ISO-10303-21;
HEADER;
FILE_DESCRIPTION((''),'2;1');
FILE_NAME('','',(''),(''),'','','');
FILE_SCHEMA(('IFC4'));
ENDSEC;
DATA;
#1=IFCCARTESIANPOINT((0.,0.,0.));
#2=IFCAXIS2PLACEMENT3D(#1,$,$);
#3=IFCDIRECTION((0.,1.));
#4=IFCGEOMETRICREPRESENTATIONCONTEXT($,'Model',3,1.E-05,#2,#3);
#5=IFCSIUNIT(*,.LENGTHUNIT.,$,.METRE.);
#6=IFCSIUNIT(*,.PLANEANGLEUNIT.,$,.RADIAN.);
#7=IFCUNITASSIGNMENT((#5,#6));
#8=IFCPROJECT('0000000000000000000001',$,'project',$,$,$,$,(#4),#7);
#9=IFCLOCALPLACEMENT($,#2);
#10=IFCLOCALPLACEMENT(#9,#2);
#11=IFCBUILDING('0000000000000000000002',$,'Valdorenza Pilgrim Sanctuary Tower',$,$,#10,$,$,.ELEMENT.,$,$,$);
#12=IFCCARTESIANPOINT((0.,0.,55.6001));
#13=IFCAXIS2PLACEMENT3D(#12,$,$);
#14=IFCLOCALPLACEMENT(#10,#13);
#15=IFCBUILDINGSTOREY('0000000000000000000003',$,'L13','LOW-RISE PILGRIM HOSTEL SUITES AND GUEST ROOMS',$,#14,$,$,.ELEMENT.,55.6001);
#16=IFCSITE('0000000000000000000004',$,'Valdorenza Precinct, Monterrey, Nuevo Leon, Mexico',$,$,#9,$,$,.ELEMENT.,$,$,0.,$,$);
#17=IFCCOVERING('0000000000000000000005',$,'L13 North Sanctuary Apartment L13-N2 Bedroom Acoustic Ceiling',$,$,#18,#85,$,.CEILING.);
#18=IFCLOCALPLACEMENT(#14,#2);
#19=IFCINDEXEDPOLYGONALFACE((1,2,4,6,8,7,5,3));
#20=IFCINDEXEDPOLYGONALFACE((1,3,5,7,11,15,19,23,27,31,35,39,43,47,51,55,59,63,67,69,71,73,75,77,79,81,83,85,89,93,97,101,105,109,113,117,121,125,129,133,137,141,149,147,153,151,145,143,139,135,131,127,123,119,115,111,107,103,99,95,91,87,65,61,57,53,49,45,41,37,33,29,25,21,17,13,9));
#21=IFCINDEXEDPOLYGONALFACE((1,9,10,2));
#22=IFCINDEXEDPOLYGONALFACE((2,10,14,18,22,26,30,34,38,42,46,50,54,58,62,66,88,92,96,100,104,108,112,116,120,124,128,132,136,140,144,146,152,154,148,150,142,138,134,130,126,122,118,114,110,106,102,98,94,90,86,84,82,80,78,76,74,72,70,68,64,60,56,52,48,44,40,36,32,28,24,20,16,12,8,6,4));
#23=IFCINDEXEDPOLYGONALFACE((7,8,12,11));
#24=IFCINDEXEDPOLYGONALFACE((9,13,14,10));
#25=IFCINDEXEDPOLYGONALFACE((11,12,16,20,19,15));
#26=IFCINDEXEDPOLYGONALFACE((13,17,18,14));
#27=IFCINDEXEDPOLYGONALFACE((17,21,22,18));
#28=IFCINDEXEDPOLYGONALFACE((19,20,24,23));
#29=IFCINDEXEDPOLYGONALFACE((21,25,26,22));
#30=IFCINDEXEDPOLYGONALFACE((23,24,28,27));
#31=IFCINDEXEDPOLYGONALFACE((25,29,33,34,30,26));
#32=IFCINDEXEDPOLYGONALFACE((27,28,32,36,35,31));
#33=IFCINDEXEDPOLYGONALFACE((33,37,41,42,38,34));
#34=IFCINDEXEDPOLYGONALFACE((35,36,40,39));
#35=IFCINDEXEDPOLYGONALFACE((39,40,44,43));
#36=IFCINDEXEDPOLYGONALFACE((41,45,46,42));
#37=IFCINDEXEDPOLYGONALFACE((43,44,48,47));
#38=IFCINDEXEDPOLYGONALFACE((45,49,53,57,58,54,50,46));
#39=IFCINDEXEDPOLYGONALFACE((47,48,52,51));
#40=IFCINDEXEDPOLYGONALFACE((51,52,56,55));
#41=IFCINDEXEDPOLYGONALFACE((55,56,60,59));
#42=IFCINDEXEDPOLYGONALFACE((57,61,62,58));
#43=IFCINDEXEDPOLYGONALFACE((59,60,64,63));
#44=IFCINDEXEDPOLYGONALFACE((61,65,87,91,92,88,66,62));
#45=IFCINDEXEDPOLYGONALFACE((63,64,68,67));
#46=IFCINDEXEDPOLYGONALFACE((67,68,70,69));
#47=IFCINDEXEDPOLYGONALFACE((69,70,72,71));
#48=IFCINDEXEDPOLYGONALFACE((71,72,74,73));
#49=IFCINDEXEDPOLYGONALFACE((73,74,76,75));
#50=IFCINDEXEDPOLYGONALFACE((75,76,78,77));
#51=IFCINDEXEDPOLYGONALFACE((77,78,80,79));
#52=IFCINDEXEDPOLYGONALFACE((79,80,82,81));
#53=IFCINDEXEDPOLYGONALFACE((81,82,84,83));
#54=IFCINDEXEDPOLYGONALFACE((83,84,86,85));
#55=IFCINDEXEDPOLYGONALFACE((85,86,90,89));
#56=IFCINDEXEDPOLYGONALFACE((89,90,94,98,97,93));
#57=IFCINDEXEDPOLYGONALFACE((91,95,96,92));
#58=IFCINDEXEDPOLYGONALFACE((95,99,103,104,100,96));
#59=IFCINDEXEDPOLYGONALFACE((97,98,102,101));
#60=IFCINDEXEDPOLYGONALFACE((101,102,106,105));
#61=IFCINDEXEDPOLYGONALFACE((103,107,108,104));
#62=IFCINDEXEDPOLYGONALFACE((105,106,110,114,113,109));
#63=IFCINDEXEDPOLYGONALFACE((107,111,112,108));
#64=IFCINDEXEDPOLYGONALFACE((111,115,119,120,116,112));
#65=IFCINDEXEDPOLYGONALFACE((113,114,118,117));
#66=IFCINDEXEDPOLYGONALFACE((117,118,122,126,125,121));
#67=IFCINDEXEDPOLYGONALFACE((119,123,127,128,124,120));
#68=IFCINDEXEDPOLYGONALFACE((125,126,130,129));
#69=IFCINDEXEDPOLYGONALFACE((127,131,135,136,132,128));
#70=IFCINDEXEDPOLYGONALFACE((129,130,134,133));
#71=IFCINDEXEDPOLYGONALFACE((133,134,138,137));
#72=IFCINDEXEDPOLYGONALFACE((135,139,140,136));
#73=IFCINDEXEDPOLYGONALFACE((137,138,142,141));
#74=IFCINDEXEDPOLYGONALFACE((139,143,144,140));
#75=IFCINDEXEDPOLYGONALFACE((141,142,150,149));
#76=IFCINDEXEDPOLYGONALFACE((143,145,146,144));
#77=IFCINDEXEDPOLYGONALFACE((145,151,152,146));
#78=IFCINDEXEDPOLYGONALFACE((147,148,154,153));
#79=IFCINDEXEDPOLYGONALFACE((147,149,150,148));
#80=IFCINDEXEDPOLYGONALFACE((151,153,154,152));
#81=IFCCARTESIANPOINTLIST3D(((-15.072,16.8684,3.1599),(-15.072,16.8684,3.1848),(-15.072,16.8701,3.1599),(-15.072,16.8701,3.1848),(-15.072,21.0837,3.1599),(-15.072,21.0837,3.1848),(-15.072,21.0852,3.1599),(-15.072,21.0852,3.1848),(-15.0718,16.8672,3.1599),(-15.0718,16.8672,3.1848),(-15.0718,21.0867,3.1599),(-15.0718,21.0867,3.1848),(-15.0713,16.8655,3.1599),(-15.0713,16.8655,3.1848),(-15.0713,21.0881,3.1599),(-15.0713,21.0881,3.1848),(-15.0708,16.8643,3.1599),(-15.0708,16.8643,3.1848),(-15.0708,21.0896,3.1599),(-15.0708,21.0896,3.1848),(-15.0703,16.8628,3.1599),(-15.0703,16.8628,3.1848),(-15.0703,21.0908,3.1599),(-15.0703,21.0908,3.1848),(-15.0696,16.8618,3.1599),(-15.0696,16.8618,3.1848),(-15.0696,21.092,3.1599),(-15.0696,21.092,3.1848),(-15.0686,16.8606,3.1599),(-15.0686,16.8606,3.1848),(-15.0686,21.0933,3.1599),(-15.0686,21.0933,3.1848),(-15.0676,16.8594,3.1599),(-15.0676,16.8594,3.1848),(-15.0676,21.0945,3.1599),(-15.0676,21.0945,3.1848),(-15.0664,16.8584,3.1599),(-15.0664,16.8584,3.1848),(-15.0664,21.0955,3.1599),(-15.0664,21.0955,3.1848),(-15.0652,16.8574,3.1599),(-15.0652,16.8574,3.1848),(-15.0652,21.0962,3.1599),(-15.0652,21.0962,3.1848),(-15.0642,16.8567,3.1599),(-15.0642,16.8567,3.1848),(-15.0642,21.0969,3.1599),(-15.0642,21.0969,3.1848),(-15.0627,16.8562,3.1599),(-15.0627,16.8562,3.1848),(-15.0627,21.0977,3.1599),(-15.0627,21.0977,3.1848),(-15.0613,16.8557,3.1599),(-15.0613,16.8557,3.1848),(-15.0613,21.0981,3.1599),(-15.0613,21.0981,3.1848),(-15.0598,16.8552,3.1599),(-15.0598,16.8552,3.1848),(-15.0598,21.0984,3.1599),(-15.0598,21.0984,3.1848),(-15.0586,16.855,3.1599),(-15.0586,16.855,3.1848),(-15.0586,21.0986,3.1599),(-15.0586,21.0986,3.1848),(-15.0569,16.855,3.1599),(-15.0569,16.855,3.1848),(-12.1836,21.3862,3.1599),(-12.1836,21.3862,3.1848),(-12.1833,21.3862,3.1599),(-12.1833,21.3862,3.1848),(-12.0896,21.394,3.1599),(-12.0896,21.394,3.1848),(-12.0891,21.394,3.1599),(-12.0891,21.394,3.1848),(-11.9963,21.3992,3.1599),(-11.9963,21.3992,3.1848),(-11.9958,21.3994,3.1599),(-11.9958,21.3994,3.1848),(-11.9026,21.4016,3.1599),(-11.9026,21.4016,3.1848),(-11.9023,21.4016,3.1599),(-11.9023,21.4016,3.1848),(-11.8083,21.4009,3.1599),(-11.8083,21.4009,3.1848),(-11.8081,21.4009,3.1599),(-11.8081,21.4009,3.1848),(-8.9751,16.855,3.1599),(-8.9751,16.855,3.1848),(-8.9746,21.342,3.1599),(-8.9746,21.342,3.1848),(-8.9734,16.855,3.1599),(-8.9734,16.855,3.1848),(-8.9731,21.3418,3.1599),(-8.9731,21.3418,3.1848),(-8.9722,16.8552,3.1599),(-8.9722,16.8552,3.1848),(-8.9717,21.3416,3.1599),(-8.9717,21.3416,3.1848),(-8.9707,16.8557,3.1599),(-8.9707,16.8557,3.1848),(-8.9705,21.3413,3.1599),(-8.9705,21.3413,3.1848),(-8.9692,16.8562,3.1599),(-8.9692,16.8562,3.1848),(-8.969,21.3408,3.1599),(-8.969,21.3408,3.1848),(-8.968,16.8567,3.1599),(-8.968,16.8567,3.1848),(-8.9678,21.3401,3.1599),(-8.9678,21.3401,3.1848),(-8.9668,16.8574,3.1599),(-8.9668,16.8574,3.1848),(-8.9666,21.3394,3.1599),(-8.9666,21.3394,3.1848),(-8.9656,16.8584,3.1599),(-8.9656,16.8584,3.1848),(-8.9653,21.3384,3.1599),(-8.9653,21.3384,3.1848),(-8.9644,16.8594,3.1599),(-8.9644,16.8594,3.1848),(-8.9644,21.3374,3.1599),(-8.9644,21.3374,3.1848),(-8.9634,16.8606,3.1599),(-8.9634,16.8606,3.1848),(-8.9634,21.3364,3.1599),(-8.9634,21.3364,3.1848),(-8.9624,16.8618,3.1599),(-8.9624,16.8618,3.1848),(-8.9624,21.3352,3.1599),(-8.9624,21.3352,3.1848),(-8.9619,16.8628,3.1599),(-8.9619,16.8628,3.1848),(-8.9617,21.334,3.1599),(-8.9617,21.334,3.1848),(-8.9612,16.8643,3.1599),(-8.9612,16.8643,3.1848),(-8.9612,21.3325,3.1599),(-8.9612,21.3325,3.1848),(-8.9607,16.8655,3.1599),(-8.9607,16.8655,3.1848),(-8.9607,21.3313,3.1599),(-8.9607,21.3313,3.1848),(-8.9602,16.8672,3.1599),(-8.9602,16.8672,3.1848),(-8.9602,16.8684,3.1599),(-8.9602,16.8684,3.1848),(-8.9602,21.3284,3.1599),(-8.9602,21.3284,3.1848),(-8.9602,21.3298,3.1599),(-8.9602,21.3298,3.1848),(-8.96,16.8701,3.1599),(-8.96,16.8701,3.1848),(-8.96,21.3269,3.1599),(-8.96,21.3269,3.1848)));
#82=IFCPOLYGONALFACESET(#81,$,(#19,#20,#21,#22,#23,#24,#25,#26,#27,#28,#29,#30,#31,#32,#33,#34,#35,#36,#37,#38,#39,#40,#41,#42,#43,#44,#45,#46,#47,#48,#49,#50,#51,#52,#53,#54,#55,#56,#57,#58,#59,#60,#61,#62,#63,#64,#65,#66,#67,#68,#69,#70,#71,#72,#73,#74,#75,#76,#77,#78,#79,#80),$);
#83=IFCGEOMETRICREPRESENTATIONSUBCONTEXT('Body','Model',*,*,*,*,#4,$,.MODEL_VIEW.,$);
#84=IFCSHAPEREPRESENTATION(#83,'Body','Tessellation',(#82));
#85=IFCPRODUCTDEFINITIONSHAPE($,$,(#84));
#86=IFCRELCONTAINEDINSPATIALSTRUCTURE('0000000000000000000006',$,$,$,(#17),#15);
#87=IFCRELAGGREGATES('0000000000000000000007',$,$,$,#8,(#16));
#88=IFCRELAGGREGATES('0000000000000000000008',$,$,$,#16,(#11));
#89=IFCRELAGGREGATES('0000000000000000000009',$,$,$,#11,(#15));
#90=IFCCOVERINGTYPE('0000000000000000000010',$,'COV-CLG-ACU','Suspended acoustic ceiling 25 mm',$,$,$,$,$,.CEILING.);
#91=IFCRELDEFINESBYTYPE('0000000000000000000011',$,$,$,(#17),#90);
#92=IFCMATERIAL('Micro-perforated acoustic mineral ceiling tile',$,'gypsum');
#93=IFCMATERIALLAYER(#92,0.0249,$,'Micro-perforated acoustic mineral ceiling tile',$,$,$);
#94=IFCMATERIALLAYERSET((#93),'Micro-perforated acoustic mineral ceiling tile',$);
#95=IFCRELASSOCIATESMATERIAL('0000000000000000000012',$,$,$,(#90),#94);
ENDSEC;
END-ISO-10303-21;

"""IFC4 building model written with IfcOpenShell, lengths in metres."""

from ifc_helpers import new_model, si_unit, direction, frame, origin, place, context, subcontext, project, spatial, polyline, outline, extrude, material, layer, layer_set, type_object, element, save


model = new_model("IFC4")

# Units and contexts
model_context = context("Model", 3, precision=1e-05, world=origin(), true_north=direction((0.0, 1.0)))
body_context = subcontext(model_context, "Body", "Model", "MODEL_VIEW")
ifc_project = project(units=[si_unit("LENGTHUNIT", "METRE"), si_unit("PLANEANGLEUNIT", "RADIAN")], contexts=[model_context])

# Site, building, storey
site_placement = place(None, origin())
site = spatial("IfcSite", under=ifc_project, at=site_placement, Name="Valdorenza Precinct, Monterrey, Nuevo Leon, Mexico", CompositionType="ELEMENT", RefElevation=0.0)
building_placement = place(site_placement, origin())
building = spatial("IfcBuilding", under=site, at=building_placement, Name="Valdorenza Pilgrim Sanctuary Tower", CompositionType="ELEMENT")
storey_placement = place(building_placement, frame((0.0, 0.0, 55.6001)))
storey = spatial("IfcBuildingStorey", under=building, at=storey_placement, Name="L13", Description="LOW-RISE PILGRIM HOSTEL SUITES AND GUEST ROOMS", CompositionType="ELEMENT", Elevation=55.6001)

# Covering
ifc_material_1 = material(Name="Micro-perforated acoustic mineral ceiling tile", Category="gypsum")
ifc_layer_1 = layer(ifc_material_1, 0.0249, Name="Micro-perforated acoustic mineral ceiling tile")
ifc_layer_set_1 = layer_set([ifc_layer_1], Name="Micro-perforated acoustic mineral ceiling tile")
covering_type_1 = type_object("IfcCoveringType", Name="COV-CLG-ACU", Description="Suspended acoustic ceiling 25 mm", PredefinedType="CEILING", material=ifc_layer_set_1)
covering_1_placement = place(storey_placement, frame((0.0, 0.0, 3.1599)))
element("IfcCovering", 1, at=covering_1_placement, inside=storey, type_object=covering_type_1, Name="L13 North Sanctuary Apartment L13-N2 Bedroom Acoustic Ceiling", PredefinedType="CEILING", context=body_context, shape_type="SweptSolid", body=[
    extrude(outline(polyline([(-15.0569, 16.855), (-15.0586, 16.855), (-15.0598, 16.8552), (-15.0613, 16.8557), (-15.0627, 16.8562), (-15.0642, 16.8567), (-15.0652, 16.8574), (-15.0664, 16.8584), (-15.0676, 16.8594), (-15.0686, 16.8606), (-15.0696, 16.8618), (-15.0703, 16.8628), (-15.0708, 16.8643), (-15.0713, 16.8655), (-15.0718, 16.8672), (-15.072, 16.8684), (-15.072, 16.8701), (-15.072, 21.0837), (-15.072, 21.0852), (-15.0718, 21.0867), (-15.0713, 21.0881), (-15.0708, 21.0896), (-15.0703, 21.0908), (-15.0696, 21.092), (-15.0686, 21.0933), (-15.0676, 21.0945), (-15.0664, 21.0955), (-15.0652, 21.0962), (-15.0642, 21.0969), (-15.0627, 21.0977), (-15.0613, 21.0981), (-15.0598, 21.0984), (-15.0586, 21.0986), (-12.1836, 21.3862), (-12.1833, 21.3862), (-12.0896, 21.394), (-12.0891, 21.394), (-11.9963, 21.3992), (-11.9958, 21.3994), (-11.9026, 21.4016), (-11.9023, 21.4016), (-11.8083, 21.4009), (-11.8081, 21.4009), (-8.9746, 21.342), (-8.9731, 21.3418), (-8.9717, 21.3416), (-8.9705, 21.3413), (-8.969, 21.3408), (-8.9678, 21.3401), (-8.9666, 21.3394), (-8.9653, 21.3384), (-8.9644, 21.3374), (-8.9634, 21.3364), (-8.9624, 21.3352), (-8.9617, 21.334), (-8.9612, 21.3325), (-8.9607, 21.3313), (-8.9602, 21.3298), (-8.9602, 21.3284), (-8.96, 21.3269), (-8.96, 16.8701), (-8.9602, 16.8684), (-8.9602, 16.8672), (-8.9607, 16.8655), (-8.9612, 16.8643), (-8.9619, 16.8628), (-8.9624, 16.8618), (-8.9634, 16.8606), (-8.9644, 16.8594), (-8.9656, 16.8584), (-8.9668, 16.8574), (-8.968, 16.8567), (-8.9692, 16.8562), (-8.9707, 16.8557), (-8.9722, 16.8552), (-8.9734, 16.855), (-8.9751, 16.855), (-15.0569, 16.855)])), origin(), (0.0, 0.0, 1.0), 0.0249),
])

save(model, "model.ifc")
